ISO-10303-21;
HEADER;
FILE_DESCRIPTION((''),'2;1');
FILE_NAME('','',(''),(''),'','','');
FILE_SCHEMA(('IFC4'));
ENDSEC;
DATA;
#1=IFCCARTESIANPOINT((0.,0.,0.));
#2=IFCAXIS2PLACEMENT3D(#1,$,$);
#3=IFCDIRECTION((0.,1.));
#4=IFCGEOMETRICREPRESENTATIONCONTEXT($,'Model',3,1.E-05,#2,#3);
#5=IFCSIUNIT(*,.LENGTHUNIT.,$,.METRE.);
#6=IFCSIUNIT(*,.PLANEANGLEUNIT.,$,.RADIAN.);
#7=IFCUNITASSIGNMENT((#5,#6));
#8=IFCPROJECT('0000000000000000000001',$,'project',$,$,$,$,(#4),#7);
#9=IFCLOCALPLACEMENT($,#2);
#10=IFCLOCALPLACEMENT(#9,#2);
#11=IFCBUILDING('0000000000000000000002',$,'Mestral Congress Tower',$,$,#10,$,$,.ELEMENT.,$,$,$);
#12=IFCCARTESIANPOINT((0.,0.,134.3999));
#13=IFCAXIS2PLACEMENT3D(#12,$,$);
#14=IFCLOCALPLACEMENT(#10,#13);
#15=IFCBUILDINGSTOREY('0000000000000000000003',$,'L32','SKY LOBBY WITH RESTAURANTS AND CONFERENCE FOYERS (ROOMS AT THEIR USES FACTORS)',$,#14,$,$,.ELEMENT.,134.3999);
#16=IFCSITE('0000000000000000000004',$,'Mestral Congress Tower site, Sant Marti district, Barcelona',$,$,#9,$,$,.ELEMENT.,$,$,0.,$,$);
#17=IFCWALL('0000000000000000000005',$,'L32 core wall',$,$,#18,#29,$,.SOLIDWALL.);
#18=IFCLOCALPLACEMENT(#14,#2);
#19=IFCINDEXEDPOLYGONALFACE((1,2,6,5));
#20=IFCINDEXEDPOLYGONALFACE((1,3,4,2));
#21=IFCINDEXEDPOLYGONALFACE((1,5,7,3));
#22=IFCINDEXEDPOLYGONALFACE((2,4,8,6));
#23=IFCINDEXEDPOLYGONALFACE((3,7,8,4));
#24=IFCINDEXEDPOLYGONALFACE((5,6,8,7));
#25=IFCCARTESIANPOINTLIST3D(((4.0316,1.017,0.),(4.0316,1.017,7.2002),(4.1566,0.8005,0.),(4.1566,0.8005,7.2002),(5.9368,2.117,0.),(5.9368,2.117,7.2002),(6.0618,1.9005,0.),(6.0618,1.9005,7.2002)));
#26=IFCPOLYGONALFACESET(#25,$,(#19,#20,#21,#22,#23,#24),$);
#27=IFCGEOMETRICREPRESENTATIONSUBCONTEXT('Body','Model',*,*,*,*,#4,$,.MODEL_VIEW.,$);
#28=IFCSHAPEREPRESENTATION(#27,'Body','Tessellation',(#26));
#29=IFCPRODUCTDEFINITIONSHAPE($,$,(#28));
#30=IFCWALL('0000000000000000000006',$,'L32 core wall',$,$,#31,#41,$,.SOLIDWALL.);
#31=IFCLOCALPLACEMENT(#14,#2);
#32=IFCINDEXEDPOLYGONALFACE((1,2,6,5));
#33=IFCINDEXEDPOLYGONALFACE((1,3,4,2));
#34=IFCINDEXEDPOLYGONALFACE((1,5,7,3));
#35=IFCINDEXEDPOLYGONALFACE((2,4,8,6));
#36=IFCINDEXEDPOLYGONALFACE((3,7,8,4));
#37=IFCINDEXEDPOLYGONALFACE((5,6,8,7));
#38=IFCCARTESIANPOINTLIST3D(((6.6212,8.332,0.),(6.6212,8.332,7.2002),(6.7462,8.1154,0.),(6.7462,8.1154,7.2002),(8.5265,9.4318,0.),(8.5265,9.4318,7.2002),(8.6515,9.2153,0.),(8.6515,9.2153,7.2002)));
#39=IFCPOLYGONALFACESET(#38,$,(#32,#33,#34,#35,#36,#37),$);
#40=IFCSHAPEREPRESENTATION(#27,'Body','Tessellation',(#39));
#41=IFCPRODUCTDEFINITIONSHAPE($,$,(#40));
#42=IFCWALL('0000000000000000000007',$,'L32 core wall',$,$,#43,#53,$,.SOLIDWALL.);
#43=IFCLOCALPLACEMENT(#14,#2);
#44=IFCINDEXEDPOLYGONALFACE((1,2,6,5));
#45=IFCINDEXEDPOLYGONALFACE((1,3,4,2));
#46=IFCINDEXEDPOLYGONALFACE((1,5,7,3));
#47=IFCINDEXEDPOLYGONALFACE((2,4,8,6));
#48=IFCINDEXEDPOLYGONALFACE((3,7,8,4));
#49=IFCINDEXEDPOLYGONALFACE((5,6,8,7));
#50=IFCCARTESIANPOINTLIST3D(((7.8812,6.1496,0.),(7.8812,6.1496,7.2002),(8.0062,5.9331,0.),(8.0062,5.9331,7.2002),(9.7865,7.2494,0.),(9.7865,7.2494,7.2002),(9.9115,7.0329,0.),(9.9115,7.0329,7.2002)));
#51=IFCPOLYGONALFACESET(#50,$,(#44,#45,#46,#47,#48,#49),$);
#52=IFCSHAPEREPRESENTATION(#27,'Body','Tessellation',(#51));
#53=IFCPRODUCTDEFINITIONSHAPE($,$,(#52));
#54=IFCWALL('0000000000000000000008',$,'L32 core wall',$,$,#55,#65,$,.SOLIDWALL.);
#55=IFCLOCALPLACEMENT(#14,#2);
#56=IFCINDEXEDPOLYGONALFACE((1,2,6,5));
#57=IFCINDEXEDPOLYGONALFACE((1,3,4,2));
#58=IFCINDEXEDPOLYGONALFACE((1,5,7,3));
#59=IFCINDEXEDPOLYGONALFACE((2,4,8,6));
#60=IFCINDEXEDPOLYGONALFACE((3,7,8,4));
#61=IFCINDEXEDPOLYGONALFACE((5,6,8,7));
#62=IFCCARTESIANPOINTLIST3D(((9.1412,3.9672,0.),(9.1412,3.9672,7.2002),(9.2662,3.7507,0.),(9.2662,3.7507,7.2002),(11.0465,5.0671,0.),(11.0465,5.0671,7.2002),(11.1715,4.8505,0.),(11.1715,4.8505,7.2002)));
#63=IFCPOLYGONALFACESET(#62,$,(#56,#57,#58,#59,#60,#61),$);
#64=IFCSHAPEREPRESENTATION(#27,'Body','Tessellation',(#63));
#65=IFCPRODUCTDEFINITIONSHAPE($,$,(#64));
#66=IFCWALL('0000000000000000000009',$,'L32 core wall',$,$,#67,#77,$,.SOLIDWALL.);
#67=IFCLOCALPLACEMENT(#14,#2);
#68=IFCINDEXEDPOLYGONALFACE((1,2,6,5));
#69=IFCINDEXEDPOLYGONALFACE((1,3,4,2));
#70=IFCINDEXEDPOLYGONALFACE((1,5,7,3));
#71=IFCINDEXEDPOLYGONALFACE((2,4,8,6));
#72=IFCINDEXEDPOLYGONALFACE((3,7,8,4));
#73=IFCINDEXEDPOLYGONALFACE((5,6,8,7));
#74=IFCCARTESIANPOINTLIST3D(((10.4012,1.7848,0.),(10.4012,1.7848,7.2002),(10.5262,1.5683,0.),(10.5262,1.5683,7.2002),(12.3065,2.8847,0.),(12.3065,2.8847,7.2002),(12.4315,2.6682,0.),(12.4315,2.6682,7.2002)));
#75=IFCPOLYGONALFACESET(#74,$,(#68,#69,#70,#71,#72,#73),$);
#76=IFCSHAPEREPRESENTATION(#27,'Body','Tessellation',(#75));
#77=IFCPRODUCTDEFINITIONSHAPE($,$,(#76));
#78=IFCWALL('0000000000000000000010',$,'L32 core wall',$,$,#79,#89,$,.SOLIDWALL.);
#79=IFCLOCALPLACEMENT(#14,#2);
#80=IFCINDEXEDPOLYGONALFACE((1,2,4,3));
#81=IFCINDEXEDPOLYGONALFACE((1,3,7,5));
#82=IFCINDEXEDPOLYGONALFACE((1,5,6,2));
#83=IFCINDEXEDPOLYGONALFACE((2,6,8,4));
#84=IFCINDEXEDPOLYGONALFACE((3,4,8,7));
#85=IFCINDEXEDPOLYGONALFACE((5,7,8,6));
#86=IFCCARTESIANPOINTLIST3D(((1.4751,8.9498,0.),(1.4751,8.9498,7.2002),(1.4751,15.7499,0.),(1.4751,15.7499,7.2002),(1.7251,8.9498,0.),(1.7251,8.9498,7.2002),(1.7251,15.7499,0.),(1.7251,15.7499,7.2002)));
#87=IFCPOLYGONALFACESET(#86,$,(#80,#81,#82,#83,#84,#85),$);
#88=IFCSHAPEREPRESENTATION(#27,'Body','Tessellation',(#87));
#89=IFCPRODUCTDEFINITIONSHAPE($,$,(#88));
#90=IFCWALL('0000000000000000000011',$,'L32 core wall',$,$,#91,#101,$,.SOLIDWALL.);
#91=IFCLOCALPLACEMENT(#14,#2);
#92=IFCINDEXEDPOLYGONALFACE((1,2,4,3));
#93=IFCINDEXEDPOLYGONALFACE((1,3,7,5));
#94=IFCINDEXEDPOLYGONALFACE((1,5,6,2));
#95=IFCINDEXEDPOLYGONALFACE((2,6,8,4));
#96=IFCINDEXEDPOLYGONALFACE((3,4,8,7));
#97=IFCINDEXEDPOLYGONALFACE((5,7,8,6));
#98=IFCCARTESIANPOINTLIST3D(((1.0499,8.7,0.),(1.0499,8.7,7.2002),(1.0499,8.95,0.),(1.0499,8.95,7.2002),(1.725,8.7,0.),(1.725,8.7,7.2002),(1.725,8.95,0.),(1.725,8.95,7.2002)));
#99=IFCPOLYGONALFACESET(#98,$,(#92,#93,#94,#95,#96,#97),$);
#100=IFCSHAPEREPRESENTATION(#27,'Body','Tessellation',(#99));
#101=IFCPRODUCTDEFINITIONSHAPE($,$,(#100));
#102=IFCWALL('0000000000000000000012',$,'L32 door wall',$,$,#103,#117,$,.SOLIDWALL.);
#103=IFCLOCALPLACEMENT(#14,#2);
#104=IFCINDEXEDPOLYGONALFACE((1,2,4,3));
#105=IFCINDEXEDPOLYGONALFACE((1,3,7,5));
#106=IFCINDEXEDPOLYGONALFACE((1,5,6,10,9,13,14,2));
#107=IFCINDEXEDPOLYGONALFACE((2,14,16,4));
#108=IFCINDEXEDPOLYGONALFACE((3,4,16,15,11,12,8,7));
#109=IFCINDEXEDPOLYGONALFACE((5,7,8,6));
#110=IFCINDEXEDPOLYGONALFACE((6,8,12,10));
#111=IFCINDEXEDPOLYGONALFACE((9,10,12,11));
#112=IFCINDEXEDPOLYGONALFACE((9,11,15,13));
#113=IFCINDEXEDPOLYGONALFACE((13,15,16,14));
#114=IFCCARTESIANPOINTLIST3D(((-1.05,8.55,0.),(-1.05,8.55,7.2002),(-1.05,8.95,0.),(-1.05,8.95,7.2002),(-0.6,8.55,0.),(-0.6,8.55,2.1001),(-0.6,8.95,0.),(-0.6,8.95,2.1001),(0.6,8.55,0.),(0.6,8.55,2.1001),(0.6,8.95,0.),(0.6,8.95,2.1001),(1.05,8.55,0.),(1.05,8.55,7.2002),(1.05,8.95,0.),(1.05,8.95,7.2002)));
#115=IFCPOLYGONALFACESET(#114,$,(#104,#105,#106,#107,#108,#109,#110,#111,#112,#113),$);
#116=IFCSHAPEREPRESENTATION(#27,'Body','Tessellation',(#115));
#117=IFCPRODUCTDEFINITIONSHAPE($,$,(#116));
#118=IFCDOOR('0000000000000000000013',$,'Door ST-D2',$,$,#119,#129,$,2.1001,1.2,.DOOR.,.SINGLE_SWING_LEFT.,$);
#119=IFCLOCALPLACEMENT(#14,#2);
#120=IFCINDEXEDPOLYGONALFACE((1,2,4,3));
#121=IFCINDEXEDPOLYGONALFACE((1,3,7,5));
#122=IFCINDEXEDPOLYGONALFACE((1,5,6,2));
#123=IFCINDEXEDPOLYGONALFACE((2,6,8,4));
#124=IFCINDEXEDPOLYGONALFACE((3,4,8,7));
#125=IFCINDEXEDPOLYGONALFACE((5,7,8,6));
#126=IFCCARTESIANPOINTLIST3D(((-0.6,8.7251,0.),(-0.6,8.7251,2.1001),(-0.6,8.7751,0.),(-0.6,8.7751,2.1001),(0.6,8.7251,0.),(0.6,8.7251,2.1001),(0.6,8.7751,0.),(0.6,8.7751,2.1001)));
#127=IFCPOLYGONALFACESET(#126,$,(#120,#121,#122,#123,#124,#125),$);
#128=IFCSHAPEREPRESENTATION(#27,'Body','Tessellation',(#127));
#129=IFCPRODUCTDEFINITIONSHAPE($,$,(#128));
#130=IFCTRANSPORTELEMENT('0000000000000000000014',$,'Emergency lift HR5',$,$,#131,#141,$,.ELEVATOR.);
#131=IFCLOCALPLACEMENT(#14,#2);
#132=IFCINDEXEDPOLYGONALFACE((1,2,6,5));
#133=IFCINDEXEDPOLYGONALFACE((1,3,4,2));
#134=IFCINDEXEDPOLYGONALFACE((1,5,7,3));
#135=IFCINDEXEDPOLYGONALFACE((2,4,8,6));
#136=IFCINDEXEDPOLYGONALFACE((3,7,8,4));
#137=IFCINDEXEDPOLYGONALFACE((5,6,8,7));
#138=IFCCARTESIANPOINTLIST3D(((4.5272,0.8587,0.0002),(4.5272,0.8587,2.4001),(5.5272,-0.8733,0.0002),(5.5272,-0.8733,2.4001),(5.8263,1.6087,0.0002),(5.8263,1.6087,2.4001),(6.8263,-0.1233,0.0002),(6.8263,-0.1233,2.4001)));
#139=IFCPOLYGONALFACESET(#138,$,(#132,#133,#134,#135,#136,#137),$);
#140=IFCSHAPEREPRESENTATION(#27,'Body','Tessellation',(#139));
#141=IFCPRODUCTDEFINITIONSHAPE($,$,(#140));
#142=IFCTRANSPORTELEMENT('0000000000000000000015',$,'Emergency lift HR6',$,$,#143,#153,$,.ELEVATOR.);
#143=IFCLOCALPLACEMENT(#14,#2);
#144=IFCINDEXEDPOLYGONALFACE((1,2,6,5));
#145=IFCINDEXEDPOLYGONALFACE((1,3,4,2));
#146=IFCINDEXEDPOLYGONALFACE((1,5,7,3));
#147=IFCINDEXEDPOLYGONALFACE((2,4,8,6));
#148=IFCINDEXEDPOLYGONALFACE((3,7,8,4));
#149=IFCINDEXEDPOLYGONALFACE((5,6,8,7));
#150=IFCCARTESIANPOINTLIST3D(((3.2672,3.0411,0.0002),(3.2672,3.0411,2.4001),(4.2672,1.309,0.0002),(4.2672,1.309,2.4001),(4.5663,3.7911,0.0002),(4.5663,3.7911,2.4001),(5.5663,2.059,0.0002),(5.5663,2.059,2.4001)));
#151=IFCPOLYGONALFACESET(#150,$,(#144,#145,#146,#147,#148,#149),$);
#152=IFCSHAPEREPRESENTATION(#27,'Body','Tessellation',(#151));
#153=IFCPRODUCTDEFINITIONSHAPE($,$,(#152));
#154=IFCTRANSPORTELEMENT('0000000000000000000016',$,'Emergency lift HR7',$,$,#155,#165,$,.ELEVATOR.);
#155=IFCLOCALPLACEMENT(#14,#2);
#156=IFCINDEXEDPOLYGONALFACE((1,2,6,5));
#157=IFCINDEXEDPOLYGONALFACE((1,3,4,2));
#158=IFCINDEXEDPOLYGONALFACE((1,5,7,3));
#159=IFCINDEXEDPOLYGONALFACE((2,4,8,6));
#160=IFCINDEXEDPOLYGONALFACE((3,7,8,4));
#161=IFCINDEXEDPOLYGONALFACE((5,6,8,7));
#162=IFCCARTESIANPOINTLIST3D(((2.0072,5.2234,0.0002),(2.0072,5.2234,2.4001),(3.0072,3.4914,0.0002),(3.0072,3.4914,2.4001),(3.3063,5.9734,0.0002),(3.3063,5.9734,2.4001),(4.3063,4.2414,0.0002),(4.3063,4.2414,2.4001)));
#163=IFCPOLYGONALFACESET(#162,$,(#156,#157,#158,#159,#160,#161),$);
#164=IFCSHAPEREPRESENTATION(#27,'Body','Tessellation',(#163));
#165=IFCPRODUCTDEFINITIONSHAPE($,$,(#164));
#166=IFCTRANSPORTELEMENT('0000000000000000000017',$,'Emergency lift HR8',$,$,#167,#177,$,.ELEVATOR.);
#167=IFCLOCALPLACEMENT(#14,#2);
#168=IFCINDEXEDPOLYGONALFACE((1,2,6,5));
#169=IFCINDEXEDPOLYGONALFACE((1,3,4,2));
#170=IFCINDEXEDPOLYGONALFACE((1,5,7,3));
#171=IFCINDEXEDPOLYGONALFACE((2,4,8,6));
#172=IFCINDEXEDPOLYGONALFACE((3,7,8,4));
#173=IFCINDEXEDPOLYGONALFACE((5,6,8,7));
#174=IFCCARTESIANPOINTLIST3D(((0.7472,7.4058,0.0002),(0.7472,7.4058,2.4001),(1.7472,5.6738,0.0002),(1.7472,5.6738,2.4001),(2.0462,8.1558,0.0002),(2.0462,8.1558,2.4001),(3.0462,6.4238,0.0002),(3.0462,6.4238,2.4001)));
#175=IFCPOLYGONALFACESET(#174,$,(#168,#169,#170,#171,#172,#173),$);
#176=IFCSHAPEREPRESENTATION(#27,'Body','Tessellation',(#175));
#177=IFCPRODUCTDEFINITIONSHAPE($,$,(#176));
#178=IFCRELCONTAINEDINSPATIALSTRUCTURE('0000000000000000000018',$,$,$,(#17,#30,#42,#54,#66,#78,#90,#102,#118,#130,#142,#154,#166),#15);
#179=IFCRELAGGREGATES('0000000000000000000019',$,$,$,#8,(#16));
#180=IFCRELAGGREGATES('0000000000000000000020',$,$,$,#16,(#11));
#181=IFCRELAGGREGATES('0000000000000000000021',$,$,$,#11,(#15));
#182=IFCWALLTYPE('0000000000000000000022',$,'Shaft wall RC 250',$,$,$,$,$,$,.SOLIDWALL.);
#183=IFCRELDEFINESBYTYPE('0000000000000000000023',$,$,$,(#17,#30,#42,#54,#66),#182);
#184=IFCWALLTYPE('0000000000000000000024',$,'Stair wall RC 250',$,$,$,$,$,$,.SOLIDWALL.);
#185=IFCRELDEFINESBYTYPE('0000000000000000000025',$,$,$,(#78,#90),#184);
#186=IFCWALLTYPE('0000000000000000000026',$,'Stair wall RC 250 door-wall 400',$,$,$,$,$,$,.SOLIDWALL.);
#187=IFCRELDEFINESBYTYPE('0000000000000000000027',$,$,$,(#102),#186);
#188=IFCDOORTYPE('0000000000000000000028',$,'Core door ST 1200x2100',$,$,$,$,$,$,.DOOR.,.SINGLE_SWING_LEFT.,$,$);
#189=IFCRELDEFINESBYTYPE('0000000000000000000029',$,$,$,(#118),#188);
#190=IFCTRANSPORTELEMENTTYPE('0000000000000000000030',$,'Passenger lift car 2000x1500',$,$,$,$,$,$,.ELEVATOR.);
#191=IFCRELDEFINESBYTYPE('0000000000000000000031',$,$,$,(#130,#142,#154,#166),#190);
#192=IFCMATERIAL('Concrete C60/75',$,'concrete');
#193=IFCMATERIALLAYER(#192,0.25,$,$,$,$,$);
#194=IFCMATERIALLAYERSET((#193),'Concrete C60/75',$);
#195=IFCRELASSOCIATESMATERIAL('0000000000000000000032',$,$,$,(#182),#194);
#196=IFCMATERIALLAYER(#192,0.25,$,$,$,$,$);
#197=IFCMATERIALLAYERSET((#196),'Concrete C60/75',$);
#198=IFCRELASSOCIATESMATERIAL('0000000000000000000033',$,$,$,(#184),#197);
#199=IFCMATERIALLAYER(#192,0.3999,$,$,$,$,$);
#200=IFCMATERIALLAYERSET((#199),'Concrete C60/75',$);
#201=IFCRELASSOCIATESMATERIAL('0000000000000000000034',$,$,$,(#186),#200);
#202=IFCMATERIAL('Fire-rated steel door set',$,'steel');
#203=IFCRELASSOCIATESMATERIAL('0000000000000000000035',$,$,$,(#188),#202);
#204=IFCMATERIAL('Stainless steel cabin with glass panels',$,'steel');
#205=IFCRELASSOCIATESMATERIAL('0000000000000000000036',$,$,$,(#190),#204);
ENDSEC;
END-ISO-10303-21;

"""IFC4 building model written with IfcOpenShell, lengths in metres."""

from ifc_helpers import new_model, si_unit, direction, frame, frame_2d, origin, origin_2d, place, context, subcontext, project, spatial, rectangle, extrude, material, layer, layer_set, type_object, element, fill, save


model = new_model("IFC4")

# Units and contexts
model_context = context("Model", 3, precision=1e-05, world=origin(), true_north=direction((0.0, 1.0)))
body_context = subcontext(model_context, "Body", "Model", "MODEL_VIEW")
ifc_project = project(units=[si_unit("LENGTHUNIT", "METRE"), si_unit("PLANEANGLEUNIT", "RADIAN")], contexts=[model_context])

# Site, building, storey
site_placement = place(None, origin())
site = spatial("IfcSite", under=ifc_project, at=site_placement, Name="Mestral Congress Tower site, Sant Marti district, Barcelona", CompositionType="ELEMENT", RefElevation=0.0)
building_placement = place(site_placement, origin())
building = spatial("IfcBuilding", under=site, at=building_placement, Name="Mestral Congress Tower", CompositionType="ELEMENT")
storey_placement = place(building_placement, frame((0.0, 0.0, 134.3999)))
storey = spatial("IfcBuildingStorey", under=building, at=storey_placement, Name="L32", Description="SKY LOBBY WITH RESTAURANTS AND CONFERENCE FOYERS (ROOMS AT THEIR USES FACTORS)", CompositionType="ELEMENT", Elevation=134.3999)

# Shared definitions
ifc_material_1 = material(Name="Fire-rated steel door set", Category="steel")

# Walls
ifc_material_2 = material(Name="Concrete C60/75", Category="concrete")
ifc_layer_1 = layer(ifc_material_2, 0.25)
ifc_layer_set_1 = layer_set([ifc_layer_1], Name="Concrete C60/75")
wall_type_1 = type_object("IfcWallType", Name="Shaft wall RC 250", PredefinedType="SOLIDWALL", material=ifc_layer_set_1)
for number, where, z_axis, x_axis, name in (
    (1, (4.094, 0.9087, 0.0), (0.0, 0.0, 1.0), (0.866008, 0.50003, 0.0), "L32 core wall"),
    (2, (6.6836, 8.2236, 0.0), (0.0, 0.0, 1.0), (0.866056, 0.499947, 0.0), "L32 core wall"),
    (3, (7.9436, 6.0413, 0.0), (0.0, 0.0, 1.0), (0.866056, 0.499947, 0.0), "L32 core wall"),
    (4, (9.2036, 3.8589, 0.0), (0.0, 0.0, 1.0), (0.866056, 0.499947, 0.0), "L32 core wall"),
    (5, (10.4636, 1.6765, 0.0), (0.0, 0.0, 1.0), (0.866056, 0.499947, 0.0), "L32 core wall"),
):
    element("IfcWall", number, at=place(storey_placement, frame(where, z_axis=z_axis, x_axis=x_axis)), inside=storey, type_object=wall_type_1, Name=name, PredefinedType="SOLIDWALL", context=body_context, shape_type="SweptSolid", body=[
        extrude(rectangle(XDim=2.2, YDim=0.25, at=frame_2d((1.1001, 0.0))), origin(), (0.0, 0.0, 1.0), 7.2002),
    ])
ifc_layer_2 = layer(ifc_material_2, 0.25)
ifc_layer_set_2 = layer_set([ifc_layer_2], Name="Concrete C60/75")
wall_type_2 = type_object("IfcWallType", Name="Stair wall RC 250", PredefinedType="SOLIDWALL", material=ifc_layer_set_2)
wall_1_placement = place(storey_placement, frame((1.6001, 8.95, 0.0), z_axis=(0.0, 0.0, 1.0), x_axis=(0.0, 1.0, 0.0)))
element("IfcWall", 6, at=wall_1_placement, inside=storey, type_object=wall_type_2, Name="L32 core wall", PredefinedType="SOLIDWALL", context=body_context, shape_type="SweptSolid", body=[
    extrude(rectangle(XDim=6.8, YDim=0.25, at=frame_2d((3.3999, 0.0))), origin(), (0.0, 0.0, 1.0), 7.2002),
])
wall_2_placement = place(storey_placement, frame((1.05, 8.825, 0.0), z_axis=(0.0, 0.0, 1.0), x_axis=(1.0, 0.0, 0.0)))
element("IfcWall", 7, at=wall_2_placement, inside=storey, type_object=wall_type_2, Name="L32 core wall", PredefinedType="SOLIDWALL", context=body_context, shape_type="SweptSolid", body=[
    extrude(rectangle(XDim=0.675, YDim=0.25, at=frame_2d((0.3374, 0.0))), origin(), (0.0, 0.0, 1.0), 7.2002),
])

# Wall, opening, door
ifc_layer_3 = layer(ifc_material_2, 0.3999)
ifc_layer_set_3 = layer_set([ifc_layer_3], Name="Concrete C60/75")
wall_type_3 = type_object("IfcWallType", Name="Stair wall RC 250 door-wall 400", PredefinedType="SOLIDWALL", material=ifc_layer_set_3)
wall_3_placement = place(storey_placement, frame((1.05, 8.75, 0.0), z_axis=(0.0, 0.0, 1.0), x_axis=(-1.0, 0.0, 0.0)))
wall_3 = element("IfcWall", 8, at=wall_3_placement, inside=storey, type_object=wall_type_3, Name="L32 door wall", PredefinedType="SOLIDWALL", context=body_context, shape_type="SweptSolid", body=[
    extrude(rectangle(XDim=2.1001, YDim=0.3999, at=frame_2d((1.05, 0.0))), origin(), (0.0, 0.0, 1.0), 7.2002),
])
opening_1_placement = place(wall_3_placement, frame((0.45, 0.0, 0.0)))
opening_1 = element("IfcOpeningElement", 9, at=opening_1_placement, cuts=wall_3, PredefinedType="OPENING", context=body_context, shape_type="SweptSolid", body=[
    extrude(rectangle(XDim=1.2, YDim=2.1001, at=frame_2d((0.6001, 1.05))), frame((0.0, 0.21, 0.0), z_axis=(0.0, -1.0, 0.0), x_axis=(1.0, 0.0, 0.0)), (0.0, 0.0, 1.0), 0.4199),
])
door_type_1 = type_object("IfcDoorType", Name="Core door ST 1200x2100", OperationType="SINGLE_SWING_LEFT", PredefinedType="DOOR", material=ifc_material_1)
door_1_placement = place(opening_1_placement, origin())
door_1 = element("IfcDoor", 10, at=door_1_placement, inside=storey, type_object=door_type_1, Name="Door ST-D2", OperationType="SINGLE_SWING_LEFT", OverallHeight=2.1001, OverallWidth=1.2, PredefinedType="DOOR", context=body_context, shape_type="SweptSolid", body=[
    extrude(rectangle(XDim=1.2, YDim=2.1001, at=frame_2d((0.6001, 1.05))), frame((0.0, 0.0249, 0.0), z_axis=(0.0, -1.0, 0.0), x_axis=(1.0, 0.0, 0.0)), (0.0, 0.0, 1.0), 0.05),
])
fill(opening_1, door_1)

# Transport elements
ifc_material_3 = material(Name="Stainless steel cabin with glass panels", Category="steel")
transport_element_type = type_object("IfcTransportElementType", Name="Passenger lift car 2000x1500", PredefinedType="ELEVATOR", material=ifc_material_3)
for number, where, z_axis, x_axis, name in (
    (11, (5.6768, 0.3677, 0.0002), (0.0, 0.0, 1.0), (0.866025, 0.5, 0.0), "Emergency lift HR5"),
    (12, (4.4167, 2.55, 0.0002), (0.0, 0.0, 1.0), (0.866025, 0.5, 0.0), "Emergency lift HR6"),
    (13, (3.1567, 4.7324, 0.0002), (0.0, 0.0, 1.0), (0.866025, 0.5, 0.0), "Emergency lift HR7"),
    (14, (1.8967, 6.9148, 0.0002), (0.0, 0.0, 1.0), (0.866025, 0.5, 0.0), "Emergency lift HR8"),
):
    element("IfcTransportElement", number, at=place(storey_placement, frame(where, z_axis=z_axis, x_axis=x_axis)), inside=storey, type_object=transport_element_type, Name=name, PredefinedType="ELEVATOR", context=body_context, shape_type="SweptSolid", body=[
        extrude(rectangle(XDim=1.5, YDim=2.0, at=origin_2d()), origin(), (0.0, 0.0, 1.0), 2.3999),
    ])

save(model, "model.ifc")
